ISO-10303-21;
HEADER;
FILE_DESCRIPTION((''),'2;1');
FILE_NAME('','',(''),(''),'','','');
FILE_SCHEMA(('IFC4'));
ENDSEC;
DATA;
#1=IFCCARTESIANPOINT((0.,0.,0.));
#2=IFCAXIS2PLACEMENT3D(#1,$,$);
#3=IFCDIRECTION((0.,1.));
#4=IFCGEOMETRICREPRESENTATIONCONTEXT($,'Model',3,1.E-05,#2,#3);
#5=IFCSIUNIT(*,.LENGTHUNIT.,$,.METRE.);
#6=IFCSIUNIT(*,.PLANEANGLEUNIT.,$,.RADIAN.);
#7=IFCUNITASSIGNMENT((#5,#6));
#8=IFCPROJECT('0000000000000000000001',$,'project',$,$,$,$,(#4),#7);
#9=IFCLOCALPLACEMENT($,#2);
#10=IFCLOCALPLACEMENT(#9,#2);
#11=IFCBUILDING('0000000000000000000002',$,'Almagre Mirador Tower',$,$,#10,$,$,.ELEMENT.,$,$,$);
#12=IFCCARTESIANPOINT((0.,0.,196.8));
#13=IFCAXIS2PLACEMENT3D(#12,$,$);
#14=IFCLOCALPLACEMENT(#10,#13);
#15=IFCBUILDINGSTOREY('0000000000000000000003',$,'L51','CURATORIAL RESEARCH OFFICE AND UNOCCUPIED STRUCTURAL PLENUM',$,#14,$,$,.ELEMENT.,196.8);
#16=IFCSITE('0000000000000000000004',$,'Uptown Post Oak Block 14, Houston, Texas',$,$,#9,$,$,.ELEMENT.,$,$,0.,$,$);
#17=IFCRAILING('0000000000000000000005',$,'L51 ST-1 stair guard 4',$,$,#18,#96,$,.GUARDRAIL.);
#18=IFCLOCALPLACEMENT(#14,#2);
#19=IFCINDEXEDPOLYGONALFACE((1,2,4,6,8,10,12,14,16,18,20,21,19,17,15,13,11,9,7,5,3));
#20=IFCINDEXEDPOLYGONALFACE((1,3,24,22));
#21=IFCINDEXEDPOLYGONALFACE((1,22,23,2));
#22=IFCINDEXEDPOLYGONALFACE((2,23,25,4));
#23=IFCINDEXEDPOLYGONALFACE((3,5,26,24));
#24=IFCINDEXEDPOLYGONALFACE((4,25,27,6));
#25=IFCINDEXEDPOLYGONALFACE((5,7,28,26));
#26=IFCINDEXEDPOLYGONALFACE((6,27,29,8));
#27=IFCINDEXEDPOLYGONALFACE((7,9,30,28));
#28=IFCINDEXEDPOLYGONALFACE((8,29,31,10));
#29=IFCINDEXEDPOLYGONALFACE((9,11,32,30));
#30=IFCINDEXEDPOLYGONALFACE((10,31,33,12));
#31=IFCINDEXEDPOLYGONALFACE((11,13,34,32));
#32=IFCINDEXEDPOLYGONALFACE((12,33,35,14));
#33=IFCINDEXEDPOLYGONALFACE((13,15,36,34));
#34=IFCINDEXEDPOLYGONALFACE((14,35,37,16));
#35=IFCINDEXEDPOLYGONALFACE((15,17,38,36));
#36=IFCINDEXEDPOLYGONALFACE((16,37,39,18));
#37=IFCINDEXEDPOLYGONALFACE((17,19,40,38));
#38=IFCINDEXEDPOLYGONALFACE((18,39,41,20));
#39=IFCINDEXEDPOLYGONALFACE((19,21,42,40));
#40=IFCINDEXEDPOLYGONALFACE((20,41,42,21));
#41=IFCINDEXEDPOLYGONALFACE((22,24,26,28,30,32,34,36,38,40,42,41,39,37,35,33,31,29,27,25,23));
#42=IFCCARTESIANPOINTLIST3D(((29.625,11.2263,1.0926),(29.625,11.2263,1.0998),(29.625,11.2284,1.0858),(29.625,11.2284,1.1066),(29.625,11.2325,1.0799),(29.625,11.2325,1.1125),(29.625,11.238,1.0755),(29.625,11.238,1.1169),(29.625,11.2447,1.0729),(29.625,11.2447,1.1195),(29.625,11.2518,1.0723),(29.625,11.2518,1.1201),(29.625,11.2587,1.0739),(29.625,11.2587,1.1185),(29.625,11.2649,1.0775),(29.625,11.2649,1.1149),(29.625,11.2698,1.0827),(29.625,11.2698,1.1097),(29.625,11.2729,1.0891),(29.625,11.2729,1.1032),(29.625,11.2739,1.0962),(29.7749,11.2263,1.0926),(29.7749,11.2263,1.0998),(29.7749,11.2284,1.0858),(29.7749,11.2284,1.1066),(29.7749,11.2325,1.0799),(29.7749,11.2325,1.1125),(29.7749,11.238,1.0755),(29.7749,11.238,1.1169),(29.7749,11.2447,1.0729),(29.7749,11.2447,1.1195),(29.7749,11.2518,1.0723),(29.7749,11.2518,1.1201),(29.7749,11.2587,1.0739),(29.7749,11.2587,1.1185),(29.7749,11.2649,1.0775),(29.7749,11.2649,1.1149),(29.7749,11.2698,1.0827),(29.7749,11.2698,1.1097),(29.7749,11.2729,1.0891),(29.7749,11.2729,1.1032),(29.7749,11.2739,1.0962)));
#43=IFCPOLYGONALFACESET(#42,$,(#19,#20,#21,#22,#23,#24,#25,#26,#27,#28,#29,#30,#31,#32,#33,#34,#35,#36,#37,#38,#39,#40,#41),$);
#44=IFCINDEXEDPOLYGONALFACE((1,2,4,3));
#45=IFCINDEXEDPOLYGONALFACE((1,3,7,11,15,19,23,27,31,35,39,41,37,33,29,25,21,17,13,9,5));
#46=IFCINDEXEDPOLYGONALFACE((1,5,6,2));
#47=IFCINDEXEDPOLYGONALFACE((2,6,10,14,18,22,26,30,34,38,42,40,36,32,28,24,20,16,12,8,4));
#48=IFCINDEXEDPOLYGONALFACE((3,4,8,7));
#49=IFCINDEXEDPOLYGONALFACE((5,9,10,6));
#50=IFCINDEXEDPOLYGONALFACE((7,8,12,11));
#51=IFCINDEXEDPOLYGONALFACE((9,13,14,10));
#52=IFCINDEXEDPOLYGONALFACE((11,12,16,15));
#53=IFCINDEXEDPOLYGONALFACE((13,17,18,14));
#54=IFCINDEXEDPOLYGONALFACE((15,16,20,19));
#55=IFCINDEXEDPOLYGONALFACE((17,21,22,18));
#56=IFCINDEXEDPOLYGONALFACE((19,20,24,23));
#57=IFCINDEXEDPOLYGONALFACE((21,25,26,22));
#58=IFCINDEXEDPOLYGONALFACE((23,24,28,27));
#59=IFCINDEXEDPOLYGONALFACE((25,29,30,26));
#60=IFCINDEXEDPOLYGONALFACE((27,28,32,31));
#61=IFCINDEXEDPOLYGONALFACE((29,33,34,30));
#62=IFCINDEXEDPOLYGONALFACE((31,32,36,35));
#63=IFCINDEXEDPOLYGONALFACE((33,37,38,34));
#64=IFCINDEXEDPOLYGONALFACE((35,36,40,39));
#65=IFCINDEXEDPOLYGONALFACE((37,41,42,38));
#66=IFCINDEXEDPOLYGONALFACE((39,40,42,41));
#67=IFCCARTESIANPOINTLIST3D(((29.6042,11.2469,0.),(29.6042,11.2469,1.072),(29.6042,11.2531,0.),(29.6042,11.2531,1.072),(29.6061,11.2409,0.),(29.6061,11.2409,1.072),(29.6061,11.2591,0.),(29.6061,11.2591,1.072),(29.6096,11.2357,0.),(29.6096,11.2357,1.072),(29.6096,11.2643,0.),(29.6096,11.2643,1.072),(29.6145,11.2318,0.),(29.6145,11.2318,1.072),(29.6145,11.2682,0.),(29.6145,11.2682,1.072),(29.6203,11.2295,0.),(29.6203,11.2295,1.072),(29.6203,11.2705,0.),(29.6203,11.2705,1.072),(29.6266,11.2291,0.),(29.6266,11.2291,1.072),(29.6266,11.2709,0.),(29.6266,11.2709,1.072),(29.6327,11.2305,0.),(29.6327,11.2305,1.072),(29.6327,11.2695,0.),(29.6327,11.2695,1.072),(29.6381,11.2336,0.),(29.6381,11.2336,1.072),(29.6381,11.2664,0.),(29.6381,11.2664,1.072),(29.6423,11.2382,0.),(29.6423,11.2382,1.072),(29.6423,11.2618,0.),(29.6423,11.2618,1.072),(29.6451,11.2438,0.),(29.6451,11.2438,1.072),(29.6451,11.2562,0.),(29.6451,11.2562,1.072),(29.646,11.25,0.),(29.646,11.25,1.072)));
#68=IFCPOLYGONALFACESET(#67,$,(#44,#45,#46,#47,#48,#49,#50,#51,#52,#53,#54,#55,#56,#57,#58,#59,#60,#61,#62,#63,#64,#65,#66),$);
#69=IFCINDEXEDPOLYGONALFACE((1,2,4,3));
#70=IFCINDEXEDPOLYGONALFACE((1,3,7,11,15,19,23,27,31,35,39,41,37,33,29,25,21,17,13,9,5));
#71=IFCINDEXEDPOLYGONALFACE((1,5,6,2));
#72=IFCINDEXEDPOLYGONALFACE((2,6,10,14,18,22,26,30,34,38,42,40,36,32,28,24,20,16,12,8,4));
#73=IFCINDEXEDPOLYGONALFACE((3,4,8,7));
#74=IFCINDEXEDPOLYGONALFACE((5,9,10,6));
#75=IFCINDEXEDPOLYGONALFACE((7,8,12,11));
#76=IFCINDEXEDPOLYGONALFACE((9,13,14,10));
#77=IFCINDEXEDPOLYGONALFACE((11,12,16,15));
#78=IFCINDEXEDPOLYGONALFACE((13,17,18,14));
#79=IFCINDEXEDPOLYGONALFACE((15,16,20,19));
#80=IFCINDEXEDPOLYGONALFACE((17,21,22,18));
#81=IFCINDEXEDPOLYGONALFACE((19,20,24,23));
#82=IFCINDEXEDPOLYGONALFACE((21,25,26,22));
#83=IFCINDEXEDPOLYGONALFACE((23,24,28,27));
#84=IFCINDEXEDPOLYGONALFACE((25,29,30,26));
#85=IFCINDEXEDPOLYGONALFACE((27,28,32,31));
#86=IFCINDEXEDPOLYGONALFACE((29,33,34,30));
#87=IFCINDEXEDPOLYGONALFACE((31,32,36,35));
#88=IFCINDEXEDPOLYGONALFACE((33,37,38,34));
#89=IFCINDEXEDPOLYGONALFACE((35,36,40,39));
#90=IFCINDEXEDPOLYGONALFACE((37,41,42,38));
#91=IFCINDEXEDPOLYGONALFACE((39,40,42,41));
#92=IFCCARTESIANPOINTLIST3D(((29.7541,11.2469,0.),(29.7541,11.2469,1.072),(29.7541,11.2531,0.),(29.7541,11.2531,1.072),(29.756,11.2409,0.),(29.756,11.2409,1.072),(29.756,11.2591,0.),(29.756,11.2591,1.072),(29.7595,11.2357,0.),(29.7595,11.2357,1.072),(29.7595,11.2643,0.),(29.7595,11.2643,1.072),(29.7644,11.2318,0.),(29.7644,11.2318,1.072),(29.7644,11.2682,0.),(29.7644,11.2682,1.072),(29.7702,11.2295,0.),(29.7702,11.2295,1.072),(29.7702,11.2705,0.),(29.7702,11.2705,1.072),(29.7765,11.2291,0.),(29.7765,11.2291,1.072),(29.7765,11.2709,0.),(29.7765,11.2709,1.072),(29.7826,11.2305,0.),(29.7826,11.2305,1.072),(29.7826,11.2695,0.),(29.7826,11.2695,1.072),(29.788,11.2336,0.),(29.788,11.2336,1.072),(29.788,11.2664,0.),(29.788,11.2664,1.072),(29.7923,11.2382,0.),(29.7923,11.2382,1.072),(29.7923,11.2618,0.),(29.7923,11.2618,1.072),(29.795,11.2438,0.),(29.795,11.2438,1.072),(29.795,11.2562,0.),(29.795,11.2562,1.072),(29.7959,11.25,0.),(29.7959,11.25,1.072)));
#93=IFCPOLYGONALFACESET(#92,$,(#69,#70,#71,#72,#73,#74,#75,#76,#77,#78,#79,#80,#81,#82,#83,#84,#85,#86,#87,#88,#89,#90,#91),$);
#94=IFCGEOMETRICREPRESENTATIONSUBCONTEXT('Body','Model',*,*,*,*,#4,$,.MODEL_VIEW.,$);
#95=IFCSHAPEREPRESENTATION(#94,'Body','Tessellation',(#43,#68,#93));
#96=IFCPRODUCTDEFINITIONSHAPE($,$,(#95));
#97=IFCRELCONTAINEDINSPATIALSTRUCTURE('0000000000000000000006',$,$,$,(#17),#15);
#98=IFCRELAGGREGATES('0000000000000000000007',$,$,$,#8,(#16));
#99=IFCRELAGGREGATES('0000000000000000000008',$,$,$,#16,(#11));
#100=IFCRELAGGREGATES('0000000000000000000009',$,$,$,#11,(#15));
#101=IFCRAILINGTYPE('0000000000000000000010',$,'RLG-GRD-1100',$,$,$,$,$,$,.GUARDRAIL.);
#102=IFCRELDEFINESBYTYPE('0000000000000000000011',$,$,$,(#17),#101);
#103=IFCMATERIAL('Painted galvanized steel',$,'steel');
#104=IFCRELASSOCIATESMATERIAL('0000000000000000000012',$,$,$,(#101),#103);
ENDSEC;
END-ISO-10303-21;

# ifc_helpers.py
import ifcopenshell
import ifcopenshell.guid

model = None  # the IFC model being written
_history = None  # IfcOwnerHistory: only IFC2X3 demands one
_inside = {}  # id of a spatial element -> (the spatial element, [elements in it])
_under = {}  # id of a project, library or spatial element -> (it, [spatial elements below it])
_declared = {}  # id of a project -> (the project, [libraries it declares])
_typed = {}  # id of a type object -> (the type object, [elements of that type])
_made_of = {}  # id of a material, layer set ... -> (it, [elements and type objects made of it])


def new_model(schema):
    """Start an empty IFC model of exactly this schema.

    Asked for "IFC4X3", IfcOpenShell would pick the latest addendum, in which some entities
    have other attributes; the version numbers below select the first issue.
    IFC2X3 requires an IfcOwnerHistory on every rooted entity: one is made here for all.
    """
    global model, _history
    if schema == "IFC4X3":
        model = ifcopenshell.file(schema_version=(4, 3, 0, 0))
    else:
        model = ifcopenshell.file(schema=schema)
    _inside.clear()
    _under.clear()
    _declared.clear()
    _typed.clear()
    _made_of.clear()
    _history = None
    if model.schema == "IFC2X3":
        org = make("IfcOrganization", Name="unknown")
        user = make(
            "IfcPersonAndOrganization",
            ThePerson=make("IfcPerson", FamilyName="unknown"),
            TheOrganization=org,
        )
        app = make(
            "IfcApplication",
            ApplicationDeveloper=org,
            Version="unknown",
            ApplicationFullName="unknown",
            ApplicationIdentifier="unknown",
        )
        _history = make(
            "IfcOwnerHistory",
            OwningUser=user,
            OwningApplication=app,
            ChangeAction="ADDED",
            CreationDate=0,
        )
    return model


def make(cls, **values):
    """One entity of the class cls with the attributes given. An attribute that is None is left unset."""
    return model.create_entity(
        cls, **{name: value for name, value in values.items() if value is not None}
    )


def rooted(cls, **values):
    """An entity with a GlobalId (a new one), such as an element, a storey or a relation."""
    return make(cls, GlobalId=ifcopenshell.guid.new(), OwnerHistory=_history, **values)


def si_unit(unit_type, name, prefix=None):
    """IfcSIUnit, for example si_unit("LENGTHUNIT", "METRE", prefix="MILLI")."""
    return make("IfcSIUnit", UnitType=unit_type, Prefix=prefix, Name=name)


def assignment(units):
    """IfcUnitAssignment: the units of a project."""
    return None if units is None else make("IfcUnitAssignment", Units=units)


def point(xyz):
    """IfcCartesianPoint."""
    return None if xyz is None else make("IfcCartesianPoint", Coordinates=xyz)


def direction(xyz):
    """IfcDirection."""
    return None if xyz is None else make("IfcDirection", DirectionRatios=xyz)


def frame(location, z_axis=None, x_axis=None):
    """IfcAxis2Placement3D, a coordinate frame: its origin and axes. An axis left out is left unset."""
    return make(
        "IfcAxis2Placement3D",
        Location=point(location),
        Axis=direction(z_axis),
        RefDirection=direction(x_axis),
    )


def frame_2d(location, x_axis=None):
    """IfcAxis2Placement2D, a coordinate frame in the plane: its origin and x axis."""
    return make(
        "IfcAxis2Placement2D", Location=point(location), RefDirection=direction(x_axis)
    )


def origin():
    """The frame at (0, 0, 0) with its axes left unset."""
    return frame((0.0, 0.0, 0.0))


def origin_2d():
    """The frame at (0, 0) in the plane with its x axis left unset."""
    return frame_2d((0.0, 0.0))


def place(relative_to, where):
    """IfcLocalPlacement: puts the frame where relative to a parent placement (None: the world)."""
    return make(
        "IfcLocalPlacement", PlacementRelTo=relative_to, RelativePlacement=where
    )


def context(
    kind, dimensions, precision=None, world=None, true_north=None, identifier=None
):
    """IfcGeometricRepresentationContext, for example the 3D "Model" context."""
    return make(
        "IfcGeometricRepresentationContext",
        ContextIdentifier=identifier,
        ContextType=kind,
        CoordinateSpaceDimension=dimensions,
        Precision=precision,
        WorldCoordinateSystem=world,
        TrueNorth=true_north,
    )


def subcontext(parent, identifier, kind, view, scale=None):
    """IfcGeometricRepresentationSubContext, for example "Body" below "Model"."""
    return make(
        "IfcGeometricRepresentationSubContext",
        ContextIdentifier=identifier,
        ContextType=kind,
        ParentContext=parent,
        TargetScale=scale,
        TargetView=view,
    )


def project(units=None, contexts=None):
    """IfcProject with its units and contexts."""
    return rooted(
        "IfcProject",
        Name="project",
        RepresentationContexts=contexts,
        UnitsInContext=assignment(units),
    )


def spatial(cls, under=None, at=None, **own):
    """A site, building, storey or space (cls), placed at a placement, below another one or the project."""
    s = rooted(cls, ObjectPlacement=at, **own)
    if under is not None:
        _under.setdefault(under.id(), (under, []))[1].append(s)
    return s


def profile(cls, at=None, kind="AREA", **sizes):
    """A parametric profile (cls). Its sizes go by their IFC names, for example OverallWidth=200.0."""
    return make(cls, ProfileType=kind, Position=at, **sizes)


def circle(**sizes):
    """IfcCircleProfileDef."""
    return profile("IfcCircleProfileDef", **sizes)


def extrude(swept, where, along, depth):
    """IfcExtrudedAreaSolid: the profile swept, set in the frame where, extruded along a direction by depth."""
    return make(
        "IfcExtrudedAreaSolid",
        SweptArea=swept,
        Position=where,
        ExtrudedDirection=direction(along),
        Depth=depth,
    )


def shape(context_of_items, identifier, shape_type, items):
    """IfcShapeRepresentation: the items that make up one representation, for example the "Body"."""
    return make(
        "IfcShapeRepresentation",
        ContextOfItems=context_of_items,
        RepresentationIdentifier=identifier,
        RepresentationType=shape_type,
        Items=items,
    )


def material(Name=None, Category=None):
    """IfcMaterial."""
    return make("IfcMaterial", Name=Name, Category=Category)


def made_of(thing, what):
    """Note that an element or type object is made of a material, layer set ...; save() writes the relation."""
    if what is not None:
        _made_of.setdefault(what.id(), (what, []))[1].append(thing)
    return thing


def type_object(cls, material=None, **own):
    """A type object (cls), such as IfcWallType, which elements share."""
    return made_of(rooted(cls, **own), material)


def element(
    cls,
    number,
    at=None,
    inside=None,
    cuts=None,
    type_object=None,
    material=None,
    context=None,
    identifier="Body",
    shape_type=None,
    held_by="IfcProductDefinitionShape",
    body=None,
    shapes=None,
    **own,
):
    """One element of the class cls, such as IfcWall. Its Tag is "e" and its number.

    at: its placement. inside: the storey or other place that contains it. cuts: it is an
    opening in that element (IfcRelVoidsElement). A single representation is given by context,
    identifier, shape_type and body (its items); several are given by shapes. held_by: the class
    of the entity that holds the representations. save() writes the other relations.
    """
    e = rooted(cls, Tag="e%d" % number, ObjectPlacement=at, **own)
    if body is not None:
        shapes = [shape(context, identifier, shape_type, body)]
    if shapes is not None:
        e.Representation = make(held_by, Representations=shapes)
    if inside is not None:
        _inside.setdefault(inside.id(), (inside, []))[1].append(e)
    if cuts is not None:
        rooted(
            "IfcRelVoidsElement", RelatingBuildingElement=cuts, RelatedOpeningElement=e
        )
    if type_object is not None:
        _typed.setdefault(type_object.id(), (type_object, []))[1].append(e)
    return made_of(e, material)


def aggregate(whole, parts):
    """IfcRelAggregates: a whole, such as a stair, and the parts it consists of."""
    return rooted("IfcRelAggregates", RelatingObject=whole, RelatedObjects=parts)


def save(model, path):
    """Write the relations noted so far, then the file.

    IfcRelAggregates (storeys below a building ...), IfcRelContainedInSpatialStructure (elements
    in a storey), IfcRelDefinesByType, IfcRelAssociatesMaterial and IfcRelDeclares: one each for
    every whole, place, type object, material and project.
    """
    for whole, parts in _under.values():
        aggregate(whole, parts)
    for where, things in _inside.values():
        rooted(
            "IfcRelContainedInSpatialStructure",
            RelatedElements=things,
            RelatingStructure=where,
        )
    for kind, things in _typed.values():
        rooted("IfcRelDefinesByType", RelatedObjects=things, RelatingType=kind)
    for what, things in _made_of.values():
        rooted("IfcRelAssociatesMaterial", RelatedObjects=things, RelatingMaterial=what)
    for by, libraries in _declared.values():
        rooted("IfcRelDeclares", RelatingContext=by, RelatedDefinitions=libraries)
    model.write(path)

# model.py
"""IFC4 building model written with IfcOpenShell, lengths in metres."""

from ifc_helpers import new_model, si_unit, direction, frame, origin, origin_2d, place, context, subcontext, project, spatial, circle, extrude, material, type_object, element, save


model = new_model("IFC4")

# Units and contexts
model_context = context("Model", 3, precision=1e-05, world=origin(), true_north=direction((0.0, 1.0)))
body_context = subcontext(model_context, "Body", "Model", "MODEL_VIEW")
ifc_project = project(units=[si_unit("LENGTHUNIT", "METRE"), si_unit("PLANEANGLEUNIT", "RADIAN")], contexts=[model_context])

# Site, building, storey
site_placement = place(None, origin())
site = spatial("IfcSite", under=ifc_project, at=site_placement, Name="Uptown Post Oak Block 14, Houston, Texas", CompositionType="ELEMENT", RefElevation=0.0)
building_placement = place(site_placement, origin())
building = spatial("IfcBuilding", under=site, at=building_placement, Name="Almagre Mirador Tower", CompositionType="ELEMENT")
storey_placement = place(building_placement, frame((0.0, 0.0, 196.8)))
storey = spatial("IfcBuildingStorey", under=building, at=storey_placement, Name="L51", Description="CURATORIAL RESEARCH OFFICE AND UNOCCUPIED STRUCTURAL PLENUM", CompositionType="ELEMENT", Elevation=196.8)

# Railing
ifc_material_1 = material(Name="Painted galvanized steel", Category="steel")
railing_type_1 = type_object("IfcRailingType", Name="RLG-GRD-1100", PredefinedType="GUARDRAIL", material=ifc_material_1)
railing_1_placement = place(storey_placement, frame((29.625, 11.25, 0.0)))
element("IfcRailing", 1, at=railing_1_placement, inside=storey, type_object=railing_type_1, Name="L51 ST-1 stair guard 4", PredefinedType="GUARDRAIL", context=body_context, shape_type="SweptSolid", body=[
    extrude(circle(Radius=0.0239, at=origin_2d()), frame((0.0, 0.0, 1.0962), z_axis=(1.0, 0.0, 0.0), x_axis=(0.0, 1.0, 0.0)), (0.0, 0.0, 1.0), 0.1499),
    extrude(circle(Radius=0.021, at=origin_2d()), origin(), (0.0, 0.0, 1.0), 1.072),
    extrude(circle(Radius=0.021, at=origin_2d()), frame((0.1499, 0.0, 0.0)), (0.0, 0.0, 1.0), 1.072),
])

save(model, "model.ifc")
